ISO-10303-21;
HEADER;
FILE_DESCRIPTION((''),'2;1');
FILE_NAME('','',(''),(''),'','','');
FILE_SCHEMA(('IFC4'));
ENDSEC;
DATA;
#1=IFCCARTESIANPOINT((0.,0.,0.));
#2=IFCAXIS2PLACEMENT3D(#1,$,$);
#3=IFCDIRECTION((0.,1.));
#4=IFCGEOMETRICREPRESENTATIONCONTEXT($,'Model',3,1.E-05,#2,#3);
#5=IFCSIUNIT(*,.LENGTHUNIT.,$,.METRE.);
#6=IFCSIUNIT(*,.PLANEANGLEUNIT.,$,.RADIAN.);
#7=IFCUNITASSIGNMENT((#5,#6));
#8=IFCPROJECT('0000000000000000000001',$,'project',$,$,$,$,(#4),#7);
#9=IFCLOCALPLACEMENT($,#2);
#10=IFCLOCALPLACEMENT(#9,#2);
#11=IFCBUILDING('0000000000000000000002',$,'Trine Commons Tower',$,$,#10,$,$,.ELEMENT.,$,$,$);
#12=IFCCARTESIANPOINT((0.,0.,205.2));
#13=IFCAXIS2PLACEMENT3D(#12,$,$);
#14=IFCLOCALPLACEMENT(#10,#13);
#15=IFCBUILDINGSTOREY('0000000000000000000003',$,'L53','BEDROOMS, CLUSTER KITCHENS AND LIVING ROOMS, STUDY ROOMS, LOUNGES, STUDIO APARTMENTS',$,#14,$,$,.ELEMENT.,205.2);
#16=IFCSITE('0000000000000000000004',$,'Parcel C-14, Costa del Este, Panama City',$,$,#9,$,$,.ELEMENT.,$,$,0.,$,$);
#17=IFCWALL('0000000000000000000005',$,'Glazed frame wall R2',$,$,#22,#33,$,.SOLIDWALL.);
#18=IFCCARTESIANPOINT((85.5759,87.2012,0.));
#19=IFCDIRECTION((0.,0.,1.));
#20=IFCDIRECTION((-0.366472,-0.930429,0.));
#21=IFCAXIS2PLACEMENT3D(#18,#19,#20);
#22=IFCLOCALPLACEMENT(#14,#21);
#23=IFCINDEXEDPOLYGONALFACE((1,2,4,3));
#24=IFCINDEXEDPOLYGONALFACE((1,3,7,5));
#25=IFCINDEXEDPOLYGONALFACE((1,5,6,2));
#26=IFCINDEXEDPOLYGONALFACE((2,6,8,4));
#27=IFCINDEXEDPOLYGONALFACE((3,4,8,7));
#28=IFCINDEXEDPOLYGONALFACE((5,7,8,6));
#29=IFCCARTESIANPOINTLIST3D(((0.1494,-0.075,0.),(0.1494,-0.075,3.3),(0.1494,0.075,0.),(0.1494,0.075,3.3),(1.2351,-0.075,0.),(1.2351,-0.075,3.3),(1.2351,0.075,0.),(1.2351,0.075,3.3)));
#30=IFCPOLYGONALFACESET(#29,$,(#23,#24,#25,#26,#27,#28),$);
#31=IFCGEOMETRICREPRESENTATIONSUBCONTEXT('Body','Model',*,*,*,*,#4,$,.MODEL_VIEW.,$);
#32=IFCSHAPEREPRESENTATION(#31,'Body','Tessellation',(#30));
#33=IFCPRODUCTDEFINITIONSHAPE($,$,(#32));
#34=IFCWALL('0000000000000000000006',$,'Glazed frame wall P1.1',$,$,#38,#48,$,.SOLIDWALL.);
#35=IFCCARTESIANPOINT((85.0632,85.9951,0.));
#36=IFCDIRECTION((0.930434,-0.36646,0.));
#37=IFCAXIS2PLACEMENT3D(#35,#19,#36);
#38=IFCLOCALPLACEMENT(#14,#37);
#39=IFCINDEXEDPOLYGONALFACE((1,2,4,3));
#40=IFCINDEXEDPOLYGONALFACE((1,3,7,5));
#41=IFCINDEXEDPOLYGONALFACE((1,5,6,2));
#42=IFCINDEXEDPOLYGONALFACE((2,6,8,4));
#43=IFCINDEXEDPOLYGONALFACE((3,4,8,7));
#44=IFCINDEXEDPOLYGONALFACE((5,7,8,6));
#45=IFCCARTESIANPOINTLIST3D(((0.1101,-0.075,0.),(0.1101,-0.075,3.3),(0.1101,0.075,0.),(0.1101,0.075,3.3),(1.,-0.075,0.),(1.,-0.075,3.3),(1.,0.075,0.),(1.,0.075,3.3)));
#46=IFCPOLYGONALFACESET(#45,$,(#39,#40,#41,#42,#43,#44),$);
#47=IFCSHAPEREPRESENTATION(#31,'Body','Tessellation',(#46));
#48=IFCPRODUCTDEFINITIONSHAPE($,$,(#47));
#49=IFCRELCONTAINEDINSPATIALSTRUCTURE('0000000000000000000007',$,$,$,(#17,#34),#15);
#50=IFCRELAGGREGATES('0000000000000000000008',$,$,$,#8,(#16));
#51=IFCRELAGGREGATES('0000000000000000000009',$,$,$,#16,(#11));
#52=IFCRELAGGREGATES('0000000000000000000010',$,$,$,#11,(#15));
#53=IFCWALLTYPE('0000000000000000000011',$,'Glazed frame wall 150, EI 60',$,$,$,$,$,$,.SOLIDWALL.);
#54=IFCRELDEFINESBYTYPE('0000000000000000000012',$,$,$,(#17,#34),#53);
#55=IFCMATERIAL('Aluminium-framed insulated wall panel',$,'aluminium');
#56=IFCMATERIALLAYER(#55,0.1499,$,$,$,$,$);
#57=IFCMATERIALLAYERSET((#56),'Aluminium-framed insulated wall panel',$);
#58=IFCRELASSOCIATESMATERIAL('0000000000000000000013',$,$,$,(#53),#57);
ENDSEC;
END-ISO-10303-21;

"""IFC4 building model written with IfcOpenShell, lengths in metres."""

from ifc_helpers import new_model, si_unit, direction, frame, origin, place, context, subcontext, project, spatial, polyline, outline, extrude, material, layer, layer_set, type_object, element, save


model = new_model("IFC4")

# Units and contexts
model_context = context("Model", 3, precision=1e-05, world=origin(), true_north=direction((0.0, 1.0)))
body_context = subcontext(model_context, "Body", "Model", "MODEL_VIEW")
ifc_project = project(units=[si_unit("LENGTHUNIT", "METRE"), si_unit("PLANEANGLEUNIT", "RADIAN")], contexts=[model_context])

# Site, building, storey
site_placement = place(None, origin())
site = spatial("IfcSite", under=ifc_project, at=site_placement, Name="Parcel C-14, Costa del Este, Panama City", CompositionType="ELEMENT", RefElevation=0.0)
building_placement = place(site_placement, origin())
building = spatial("IfcBuilding", under=site, at=building_placement, Name="Trine Commons Tower", CompositionType="ELEMENT")
storey_placement = place(building_placement, frame((0.0, 0.0, 205.2)))
storey = spatial("IfcBuildingStorey", under=building, at=storey_placement, Name="L53", Description="BEDROOMS, CLUSTER KITCHENS AND LIVING ROOMS, STUDY ROOMS, LOUNGES, STUDIO APARTMENTS", CompositionType="ELEMENT", Elevation=205.2)

# Walls
ifc_material_1 = material(Name="Aluminium-framed insulated wall panel", Category="aluminium")
ifc_layer_1 = layer(ifc_material_1, 0.1499)
ifc_layer_set_1 = layer_set([ifc_layer_1], Name="Aluminium-framed insulated wall panel")
wall_type_1 = type_object("IfcWallType", Name="Glazed frame wall 150, EI 60", PredefinedType="SOLIDWALL", material=ifc_layer_set_1)
wall_1_placement = place(storey_placement, frame((85.5759, 87.2012, 0.0), z_axis=(0.0, 0.0, 1.0), x_axis=(-0.366472, -0.930429, 0.0)))
element("IfcWall", 1, at=wall_1_placement, inside=storey, type_object=wall_type_1, Name="Glazed frame wall R2", PredefinedType="SOLIDWALL", context=body_context, shape_type="SweptSolid", body=[
    extrude(outline(polyline([(0.1494, 0.075), (0.1494, -0.075), (1.2351, -0.075), (1.2351, 0.075), (0.1494, 0.075)])), origin(), (0.0, 0.0, 1.0), 3.3),
])
wall_2_placement = place(storey_placement, frame((85.0632, 85.9951, 0.0), z_axis=(0.0, 0.0, 1.0), x_axis=(0.930434, -0.36646, 0.0)))
element("IfcWall", 2, at=wall_2_placement, inside=storey, type_object=wall_type_1, Name="Glazed frame wall P1.1", PredefinedType="SOLIDWALL", context=body_context, shape_type="SweptSolid", body=[
    extrude(outline(polyline([(0.1101, -0.075), (1.0, -0.075), (1.0, 0.075), (0.1101, 0.075), (0.1101, -0.075)])), origin(), (0.0, 0.0, 1.0), 3.3),
])

save(model, "model.ifc")
